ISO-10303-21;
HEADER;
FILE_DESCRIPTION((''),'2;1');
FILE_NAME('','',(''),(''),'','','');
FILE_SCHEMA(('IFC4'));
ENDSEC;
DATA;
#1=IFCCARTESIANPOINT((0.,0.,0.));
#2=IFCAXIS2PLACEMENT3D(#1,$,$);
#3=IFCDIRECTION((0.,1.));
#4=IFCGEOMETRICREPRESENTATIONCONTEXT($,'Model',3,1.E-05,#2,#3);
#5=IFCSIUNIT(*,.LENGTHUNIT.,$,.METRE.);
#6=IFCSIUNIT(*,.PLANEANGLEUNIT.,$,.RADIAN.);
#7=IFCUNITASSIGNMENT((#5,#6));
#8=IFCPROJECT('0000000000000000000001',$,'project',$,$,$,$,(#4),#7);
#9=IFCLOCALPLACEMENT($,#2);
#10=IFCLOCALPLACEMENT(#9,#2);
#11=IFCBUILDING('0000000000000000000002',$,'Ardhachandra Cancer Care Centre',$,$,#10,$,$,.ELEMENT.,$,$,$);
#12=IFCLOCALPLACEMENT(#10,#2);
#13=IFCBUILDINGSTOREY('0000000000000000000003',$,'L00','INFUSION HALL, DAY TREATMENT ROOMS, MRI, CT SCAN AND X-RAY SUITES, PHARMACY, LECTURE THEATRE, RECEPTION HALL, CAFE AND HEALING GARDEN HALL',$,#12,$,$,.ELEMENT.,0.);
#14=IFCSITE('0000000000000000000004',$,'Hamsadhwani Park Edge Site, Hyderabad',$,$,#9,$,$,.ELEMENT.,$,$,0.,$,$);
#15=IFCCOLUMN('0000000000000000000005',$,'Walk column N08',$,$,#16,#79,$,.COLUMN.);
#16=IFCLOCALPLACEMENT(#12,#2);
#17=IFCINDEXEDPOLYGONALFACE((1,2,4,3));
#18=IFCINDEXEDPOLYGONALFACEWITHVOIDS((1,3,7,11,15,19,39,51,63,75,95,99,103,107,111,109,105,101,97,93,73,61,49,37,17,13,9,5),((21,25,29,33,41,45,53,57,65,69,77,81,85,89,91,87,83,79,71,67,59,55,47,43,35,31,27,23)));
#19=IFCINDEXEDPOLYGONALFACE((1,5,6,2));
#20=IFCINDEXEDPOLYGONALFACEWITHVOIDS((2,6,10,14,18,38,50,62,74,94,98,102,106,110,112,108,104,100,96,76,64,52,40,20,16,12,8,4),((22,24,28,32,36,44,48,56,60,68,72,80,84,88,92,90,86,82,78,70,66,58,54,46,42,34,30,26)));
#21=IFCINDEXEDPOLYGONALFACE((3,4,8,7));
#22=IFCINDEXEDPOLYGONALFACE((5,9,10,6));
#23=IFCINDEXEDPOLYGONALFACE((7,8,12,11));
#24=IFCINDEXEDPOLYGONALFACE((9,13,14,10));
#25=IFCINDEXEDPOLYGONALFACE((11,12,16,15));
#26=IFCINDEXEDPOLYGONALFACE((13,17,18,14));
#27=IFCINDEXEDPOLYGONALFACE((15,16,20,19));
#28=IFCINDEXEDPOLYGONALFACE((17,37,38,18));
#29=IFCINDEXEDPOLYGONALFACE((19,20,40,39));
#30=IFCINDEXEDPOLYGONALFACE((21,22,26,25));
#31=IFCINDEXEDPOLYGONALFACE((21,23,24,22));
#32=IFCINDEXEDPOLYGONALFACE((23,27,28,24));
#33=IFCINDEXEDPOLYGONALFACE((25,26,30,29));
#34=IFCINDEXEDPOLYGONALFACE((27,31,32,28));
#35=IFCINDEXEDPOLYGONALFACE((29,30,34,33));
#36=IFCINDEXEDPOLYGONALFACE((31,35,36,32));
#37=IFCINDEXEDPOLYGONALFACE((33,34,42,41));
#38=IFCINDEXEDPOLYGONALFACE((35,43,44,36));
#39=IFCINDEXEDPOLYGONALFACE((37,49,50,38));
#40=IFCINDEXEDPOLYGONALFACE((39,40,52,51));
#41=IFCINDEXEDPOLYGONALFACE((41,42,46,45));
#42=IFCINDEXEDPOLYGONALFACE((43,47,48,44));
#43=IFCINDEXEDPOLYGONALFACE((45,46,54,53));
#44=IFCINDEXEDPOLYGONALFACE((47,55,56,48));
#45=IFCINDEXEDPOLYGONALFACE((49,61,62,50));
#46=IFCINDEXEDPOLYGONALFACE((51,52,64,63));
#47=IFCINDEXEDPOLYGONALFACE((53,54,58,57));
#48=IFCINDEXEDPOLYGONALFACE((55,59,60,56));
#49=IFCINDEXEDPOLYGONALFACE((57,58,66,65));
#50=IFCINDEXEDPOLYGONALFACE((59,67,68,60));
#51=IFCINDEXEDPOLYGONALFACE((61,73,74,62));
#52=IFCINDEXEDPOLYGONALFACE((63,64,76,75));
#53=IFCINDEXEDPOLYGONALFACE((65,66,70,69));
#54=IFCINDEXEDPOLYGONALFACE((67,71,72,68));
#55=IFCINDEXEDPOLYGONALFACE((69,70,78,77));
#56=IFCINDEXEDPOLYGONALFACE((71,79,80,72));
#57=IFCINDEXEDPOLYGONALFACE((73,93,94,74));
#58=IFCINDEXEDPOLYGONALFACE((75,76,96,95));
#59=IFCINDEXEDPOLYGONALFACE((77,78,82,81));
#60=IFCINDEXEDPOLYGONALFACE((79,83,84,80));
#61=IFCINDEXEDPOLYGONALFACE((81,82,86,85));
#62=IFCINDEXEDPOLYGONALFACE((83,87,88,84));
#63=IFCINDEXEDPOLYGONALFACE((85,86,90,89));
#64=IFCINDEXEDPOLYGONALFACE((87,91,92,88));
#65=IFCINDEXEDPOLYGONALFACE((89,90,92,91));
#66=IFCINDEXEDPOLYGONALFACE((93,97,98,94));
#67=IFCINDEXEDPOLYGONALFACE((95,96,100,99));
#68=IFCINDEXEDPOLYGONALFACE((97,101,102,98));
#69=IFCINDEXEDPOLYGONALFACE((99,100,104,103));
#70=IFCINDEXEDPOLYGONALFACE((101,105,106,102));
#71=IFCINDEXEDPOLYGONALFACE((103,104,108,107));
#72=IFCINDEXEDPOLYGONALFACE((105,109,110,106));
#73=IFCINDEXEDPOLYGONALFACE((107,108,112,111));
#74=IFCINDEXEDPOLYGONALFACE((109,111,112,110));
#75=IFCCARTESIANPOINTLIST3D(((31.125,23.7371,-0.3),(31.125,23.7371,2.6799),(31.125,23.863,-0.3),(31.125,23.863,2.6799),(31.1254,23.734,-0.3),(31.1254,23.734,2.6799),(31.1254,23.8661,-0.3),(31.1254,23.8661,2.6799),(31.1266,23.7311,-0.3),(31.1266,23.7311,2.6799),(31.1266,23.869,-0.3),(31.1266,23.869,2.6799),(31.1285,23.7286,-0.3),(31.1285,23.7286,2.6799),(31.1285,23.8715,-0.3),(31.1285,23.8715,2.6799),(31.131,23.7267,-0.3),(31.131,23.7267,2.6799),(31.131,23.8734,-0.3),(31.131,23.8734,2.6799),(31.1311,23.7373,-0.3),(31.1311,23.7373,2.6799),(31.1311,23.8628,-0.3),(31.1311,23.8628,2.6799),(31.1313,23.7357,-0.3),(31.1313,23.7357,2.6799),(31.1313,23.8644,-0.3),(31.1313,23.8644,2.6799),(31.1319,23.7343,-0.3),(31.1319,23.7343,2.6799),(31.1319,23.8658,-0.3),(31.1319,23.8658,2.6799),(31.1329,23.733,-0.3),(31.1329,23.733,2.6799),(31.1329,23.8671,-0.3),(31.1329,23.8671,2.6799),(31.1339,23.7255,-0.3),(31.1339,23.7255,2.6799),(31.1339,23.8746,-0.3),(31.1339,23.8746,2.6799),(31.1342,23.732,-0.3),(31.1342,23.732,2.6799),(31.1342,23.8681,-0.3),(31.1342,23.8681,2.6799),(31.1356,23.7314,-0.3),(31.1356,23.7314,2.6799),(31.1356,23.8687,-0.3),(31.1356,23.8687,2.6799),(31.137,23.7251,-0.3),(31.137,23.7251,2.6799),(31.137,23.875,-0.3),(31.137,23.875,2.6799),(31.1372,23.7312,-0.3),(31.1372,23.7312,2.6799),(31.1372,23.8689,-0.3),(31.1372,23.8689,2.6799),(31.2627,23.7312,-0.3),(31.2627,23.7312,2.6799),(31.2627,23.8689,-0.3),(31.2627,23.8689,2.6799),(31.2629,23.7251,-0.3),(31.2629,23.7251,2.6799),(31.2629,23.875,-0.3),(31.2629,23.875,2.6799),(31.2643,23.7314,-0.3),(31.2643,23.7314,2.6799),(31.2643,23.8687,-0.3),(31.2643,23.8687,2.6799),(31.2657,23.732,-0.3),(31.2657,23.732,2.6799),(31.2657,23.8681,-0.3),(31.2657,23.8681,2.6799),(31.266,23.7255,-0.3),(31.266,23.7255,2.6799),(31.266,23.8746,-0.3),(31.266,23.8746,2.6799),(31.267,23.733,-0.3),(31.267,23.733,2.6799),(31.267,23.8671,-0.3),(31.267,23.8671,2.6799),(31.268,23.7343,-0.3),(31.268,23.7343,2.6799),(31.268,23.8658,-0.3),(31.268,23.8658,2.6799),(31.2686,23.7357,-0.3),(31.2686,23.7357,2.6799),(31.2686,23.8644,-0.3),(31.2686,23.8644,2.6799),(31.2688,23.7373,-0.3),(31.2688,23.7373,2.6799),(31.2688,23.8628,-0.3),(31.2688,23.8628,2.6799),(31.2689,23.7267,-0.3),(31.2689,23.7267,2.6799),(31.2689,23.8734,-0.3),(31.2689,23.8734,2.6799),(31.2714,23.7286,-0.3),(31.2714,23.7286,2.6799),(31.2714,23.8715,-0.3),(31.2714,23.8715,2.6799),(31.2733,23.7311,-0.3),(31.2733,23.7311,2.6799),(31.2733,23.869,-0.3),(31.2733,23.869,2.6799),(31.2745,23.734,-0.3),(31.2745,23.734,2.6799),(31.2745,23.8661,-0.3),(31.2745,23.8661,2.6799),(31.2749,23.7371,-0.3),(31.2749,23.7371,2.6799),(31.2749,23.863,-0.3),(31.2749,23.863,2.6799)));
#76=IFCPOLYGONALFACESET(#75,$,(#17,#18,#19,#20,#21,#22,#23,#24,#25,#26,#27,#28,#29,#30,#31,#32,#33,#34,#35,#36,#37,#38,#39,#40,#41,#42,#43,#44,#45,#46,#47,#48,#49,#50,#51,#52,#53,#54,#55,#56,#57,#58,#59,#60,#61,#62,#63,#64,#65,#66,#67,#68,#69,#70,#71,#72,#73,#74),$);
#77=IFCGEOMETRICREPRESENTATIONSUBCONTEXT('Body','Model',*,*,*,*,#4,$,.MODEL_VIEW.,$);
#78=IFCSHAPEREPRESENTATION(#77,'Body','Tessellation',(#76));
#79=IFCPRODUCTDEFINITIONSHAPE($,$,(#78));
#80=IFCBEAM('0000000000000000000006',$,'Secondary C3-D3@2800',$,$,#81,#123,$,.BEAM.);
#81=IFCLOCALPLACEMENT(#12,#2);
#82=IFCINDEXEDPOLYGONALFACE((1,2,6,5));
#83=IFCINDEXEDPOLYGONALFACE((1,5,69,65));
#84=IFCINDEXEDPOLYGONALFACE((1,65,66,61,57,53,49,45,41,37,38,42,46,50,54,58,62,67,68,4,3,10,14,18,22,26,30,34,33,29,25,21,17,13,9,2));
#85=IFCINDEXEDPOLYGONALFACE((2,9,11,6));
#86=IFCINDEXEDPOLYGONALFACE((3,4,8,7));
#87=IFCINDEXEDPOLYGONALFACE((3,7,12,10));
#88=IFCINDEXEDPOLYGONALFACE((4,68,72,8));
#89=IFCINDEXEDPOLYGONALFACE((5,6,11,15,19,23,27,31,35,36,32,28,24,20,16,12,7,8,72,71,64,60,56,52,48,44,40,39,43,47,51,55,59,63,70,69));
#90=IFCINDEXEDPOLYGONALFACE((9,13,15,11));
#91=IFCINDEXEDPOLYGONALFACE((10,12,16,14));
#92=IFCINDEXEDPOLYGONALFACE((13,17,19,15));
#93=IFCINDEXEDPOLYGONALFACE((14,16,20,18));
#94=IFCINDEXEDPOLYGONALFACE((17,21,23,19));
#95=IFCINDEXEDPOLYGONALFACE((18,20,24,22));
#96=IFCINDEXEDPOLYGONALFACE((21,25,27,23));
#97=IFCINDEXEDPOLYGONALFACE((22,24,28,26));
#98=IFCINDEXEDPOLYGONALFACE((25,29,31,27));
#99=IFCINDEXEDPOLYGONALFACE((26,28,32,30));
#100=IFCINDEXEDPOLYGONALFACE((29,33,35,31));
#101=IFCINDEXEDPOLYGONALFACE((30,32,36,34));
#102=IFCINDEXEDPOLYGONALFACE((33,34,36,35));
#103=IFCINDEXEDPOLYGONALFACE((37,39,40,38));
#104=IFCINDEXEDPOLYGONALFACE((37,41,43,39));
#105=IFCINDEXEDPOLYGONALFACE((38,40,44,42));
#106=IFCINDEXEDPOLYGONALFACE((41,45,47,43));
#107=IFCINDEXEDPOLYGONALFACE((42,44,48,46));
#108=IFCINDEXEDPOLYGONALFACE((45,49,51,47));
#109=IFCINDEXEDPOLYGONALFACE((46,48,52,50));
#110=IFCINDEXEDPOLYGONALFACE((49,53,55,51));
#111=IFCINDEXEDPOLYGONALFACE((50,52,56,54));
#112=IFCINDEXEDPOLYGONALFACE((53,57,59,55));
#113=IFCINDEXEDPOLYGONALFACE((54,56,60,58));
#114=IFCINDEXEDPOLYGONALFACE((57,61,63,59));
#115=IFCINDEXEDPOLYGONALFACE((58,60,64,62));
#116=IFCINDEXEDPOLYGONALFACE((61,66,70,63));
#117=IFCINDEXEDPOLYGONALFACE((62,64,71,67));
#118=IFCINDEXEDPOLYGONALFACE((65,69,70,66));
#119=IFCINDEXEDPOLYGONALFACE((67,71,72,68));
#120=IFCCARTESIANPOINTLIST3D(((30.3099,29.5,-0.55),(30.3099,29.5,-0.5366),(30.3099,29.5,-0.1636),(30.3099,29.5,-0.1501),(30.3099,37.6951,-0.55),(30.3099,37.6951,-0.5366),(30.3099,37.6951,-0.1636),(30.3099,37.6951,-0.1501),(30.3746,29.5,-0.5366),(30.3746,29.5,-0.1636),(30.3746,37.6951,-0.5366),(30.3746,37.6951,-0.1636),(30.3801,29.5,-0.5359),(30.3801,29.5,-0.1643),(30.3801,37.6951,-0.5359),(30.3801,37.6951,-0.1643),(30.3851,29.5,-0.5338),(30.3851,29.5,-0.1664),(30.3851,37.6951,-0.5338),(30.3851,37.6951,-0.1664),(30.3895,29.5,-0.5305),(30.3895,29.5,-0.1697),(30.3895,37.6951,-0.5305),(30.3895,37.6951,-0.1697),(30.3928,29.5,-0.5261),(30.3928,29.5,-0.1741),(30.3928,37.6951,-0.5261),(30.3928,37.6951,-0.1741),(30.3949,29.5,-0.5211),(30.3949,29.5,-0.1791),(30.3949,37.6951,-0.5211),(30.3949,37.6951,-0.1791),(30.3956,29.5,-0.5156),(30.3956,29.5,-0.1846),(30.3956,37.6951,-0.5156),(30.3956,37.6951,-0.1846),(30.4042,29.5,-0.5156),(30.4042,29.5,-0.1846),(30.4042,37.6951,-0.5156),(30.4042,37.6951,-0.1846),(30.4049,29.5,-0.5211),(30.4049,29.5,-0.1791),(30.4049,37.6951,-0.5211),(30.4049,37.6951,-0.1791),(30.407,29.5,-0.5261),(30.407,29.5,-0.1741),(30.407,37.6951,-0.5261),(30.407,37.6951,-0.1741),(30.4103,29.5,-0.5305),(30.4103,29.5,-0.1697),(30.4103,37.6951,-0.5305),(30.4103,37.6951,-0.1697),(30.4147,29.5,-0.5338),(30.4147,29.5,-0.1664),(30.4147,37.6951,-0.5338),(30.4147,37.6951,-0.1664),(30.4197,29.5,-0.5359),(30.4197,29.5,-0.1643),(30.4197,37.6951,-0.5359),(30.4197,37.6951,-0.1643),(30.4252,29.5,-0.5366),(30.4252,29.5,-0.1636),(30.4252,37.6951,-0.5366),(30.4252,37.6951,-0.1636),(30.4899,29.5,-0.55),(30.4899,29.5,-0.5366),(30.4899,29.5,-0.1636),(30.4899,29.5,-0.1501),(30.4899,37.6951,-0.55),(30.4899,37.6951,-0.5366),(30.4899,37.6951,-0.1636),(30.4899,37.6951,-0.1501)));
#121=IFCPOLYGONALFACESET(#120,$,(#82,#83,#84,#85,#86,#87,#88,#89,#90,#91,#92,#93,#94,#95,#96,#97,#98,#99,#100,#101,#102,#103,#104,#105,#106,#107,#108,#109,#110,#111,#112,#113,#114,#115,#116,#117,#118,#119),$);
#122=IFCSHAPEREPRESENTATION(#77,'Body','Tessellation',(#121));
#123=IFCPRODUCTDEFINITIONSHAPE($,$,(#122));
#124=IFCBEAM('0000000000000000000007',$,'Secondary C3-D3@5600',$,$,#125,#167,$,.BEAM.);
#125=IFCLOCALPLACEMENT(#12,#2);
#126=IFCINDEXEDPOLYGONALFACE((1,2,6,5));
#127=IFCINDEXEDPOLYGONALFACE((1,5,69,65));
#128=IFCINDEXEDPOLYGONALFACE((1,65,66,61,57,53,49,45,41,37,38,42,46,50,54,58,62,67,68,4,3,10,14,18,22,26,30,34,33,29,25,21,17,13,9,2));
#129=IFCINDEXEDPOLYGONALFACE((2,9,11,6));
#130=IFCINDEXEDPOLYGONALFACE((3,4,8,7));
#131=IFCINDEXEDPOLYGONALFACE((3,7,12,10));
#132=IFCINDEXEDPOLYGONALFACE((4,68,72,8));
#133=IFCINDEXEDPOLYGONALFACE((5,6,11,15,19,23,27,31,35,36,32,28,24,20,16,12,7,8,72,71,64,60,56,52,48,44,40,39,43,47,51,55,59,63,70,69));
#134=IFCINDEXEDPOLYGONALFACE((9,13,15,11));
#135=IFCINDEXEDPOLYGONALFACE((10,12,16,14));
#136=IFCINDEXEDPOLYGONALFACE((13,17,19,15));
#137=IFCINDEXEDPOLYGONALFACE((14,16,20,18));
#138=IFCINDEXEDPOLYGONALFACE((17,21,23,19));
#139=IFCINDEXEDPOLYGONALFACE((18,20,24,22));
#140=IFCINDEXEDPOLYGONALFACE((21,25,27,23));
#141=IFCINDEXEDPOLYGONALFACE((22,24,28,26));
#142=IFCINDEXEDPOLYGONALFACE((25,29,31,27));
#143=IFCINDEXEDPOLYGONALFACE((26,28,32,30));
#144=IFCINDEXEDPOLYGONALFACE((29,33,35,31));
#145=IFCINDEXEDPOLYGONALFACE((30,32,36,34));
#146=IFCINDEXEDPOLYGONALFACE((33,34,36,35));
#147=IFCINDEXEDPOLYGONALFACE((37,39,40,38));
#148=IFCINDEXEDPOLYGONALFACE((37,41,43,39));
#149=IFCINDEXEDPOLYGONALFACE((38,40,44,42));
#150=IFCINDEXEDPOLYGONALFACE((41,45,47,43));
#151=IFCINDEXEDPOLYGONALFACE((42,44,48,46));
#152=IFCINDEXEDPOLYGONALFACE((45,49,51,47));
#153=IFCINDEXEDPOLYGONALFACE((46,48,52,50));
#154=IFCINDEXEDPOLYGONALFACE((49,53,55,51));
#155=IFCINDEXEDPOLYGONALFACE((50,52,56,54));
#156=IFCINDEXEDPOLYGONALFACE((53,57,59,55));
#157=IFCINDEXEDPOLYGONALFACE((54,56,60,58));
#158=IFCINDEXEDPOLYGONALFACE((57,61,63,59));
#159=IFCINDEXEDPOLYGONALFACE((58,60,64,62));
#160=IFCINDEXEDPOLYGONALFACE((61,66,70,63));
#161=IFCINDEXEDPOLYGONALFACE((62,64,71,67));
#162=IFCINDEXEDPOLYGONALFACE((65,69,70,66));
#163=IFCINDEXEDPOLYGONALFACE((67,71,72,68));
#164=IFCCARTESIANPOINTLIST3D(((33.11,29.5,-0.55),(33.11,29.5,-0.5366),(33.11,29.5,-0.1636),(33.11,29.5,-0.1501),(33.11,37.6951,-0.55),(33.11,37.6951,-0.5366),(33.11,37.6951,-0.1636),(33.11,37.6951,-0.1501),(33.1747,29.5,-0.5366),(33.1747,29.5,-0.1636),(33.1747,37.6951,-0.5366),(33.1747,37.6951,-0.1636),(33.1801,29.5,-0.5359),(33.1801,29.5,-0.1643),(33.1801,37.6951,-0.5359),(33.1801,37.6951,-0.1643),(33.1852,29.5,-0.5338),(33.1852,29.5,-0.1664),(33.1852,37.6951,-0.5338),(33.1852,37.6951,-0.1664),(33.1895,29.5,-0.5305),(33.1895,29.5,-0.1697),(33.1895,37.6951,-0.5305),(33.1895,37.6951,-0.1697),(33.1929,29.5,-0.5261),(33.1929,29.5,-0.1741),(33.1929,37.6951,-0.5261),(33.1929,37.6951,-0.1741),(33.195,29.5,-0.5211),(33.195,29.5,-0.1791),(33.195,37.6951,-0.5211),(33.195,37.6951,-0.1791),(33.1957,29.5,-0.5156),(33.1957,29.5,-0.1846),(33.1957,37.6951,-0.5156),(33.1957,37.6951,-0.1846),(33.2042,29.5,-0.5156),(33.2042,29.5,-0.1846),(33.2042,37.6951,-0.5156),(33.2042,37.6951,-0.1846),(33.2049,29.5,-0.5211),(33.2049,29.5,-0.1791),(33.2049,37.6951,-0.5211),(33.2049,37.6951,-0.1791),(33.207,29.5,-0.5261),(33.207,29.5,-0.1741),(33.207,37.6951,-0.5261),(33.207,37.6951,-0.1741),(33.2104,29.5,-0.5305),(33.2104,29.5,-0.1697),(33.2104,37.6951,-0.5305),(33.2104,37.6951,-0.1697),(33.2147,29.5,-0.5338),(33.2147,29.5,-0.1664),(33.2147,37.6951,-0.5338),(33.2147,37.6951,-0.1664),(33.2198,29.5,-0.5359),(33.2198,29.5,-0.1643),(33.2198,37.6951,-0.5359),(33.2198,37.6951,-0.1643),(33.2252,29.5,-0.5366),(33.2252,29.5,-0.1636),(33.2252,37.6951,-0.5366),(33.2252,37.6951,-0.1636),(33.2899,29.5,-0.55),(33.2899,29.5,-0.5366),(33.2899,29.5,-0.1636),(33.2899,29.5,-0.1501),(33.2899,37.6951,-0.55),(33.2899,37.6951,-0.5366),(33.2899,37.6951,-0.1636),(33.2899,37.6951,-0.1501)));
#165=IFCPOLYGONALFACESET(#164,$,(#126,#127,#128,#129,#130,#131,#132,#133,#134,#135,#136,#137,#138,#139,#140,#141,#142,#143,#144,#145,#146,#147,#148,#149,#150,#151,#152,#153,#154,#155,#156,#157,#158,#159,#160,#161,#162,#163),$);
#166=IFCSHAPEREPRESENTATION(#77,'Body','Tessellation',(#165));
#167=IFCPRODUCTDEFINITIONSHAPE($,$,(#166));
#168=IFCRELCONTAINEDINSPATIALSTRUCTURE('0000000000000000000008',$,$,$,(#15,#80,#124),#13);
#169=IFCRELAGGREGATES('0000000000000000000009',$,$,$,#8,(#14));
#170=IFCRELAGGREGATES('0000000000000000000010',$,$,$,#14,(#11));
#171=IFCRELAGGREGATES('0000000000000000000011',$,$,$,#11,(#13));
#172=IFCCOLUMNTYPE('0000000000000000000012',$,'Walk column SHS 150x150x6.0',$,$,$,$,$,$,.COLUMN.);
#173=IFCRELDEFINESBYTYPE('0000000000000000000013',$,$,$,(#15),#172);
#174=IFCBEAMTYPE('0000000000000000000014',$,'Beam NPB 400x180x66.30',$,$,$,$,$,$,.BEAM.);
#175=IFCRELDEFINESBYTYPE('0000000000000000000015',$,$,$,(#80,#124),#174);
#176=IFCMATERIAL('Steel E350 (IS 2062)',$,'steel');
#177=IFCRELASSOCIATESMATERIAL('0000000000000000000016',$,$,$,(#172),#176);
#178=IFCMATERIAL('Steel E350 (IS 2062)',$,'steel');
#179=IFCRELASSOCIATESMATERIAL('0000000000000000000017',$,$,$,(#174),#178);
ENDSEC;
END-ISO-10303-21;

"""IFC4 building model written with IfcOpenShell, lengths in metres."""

from ifc_helpers import new_model, si_unit, direction, frame, origin, origin_2d, place, context, subcontext, project, spatial, hollow_rectangle, i_section, extrude, material, material_profile, profile_set, type_object, element, save


model = new_model("IFC4")

# Units and contexts
model_context = context("Model", 3, precision=1e-05, world=origin(), true_north=direction((0.0, 1.0)))
body_context = subcontext(model_context, "Body", "Model", "MODEL_VIEW")
ifc_project = project(units=[si_unit("LENGTHUNIT", "METRE"), si_unit("PLANEANGLEUNIT", "RADIAN")], contexts=[model_context])

# Site, building, storey
site_placement = place(None, origin())
site = spatial("IfcSite", under=ifc_project, at=site_placement, Name="Hamsadhwani Park Edge Site, Hyderabad", CompositionType="ELEMENT", RefElevation=0.0)
building_placement = place(site_placement, origin())
building = spatial("IfcBuilding", under=site, at=building_placement, Name="Ardhachandra Cancer Care Centre", CompositionType="ELEMENT")
storey_placement = place(building_placement, origin())
storey = spatial("IfcBuildingStorey", under=building, at=storey_placement, Name="L00", Description="INFUSION HALL, DAY TREATMENT ROOMS, MRI, CT SCAN AND X-RAY SUITES, PHARMACY, LECTURE THEATRE, RECEPTION HALL, CAFE AND HEALING GARDEN HALL", CompositionType="ELEMENT", Elevation=0.0)

# Column
ifc_material_1 = material(Name="Steel E350 (IS 2062)", Category="steel")
ifc_material_profile_1 = material_profile(ifc_material_1, hollow_rectangle(XDim=0.1499, YDim=0.1499, WallThickness=0.0061, InnerFilletRadius=0.0061, OuterFilletRadius=0.012, at=origin_2d()), Name="SHS 150x150x6.0")
ifc_profile_set_1 = profile_set([ifc_material_profile_1], Name="Steel E350 (IS 2062)")
column_type = type_object("IfcColumnType", Name="Walk column SHS 150x150x6.0", PredefinedType="COLUMN", material=ifc_profile_set_1)
for number, where, z_axis, x_axis, name in (
    (1, (31.2, 23.8, -0.3), (0.0, 0.0, 1.0), (1.0, 0.0, 0.0), "Walk column N08"),
):
    element("IfcColumn", number, at=place(storey_placement, frame(where, z_axis=z_axis, x_axis=x_axis)), inside=storey, type_object=column_type, Name=name, PredefinedType="COLUMN", context=body_context, shape_type="SweptSolid", body=[
        extrude(hollow_rectangle(XDim=0.1499, YDim=0.1499, WallThickness=0.0061, InnerFilletRadius=0.0061, OuterFilletRadius=0.012, at=origin_2d()), origin(), (0.0, 0.0, 1.0), 2.98),
    ])

# Beams
ifc_material_2 = material(Name="Steel E350 (IS 2062)", Category="steel")
ifc_material_profile_2 = material_profile(ifc_material_2, i_section(OverallWidth=0.1799, OverallDepth=0.3999, WebThickness=0.0085, FlangeThickness=0.0134, FilletRadius=0.021, at=origin_2d()), Name="NPB 400x180x66.30")
ifc_profile_set_2 = profile_set([ifc_material_profile_2], Name="Steel E350 (IS 2062)")
beam_type_1 = type_object("IfcBeamType", Name="Beam NPB 400x180x66.30", PredefinedType="BEAM", material=ifc_profile_set_2)
for number, where, z_axis, x_axis, name in (
    (2, (30.3999, 29.5, -0.3501), (0.0, 1.0, 0.0), (-1.0, 0.0, 0.0), "Secondary C3-D3@2800"),
    (3, (33.2, 29.5, -0.3501), (0.0, 1.0, 0.0), (-1.0, 0.0, 0.0), "Secondary C3-D3@5600"),
):
    element("IfcBeam", number, at=place(storey_placement, frame(where, z_axis=z_axis, x_axis=x_axis)), inside=storey, type_object=beam_type_1, Name=name, PredefinedType="BEAM", context=body_context, shape_type="SweptSolid", body=[
        extrude(i_section(OverallWidth=0.1799, OverallDepth=0.3999, WebThickness=0.0085, FlangeThickness=0.0134, FilletRadius=0.021, at=origin_2d()), origin(), (0.0, 0.0, 1.0), 8.1951),
    ])

save(model, "model.ifc")
